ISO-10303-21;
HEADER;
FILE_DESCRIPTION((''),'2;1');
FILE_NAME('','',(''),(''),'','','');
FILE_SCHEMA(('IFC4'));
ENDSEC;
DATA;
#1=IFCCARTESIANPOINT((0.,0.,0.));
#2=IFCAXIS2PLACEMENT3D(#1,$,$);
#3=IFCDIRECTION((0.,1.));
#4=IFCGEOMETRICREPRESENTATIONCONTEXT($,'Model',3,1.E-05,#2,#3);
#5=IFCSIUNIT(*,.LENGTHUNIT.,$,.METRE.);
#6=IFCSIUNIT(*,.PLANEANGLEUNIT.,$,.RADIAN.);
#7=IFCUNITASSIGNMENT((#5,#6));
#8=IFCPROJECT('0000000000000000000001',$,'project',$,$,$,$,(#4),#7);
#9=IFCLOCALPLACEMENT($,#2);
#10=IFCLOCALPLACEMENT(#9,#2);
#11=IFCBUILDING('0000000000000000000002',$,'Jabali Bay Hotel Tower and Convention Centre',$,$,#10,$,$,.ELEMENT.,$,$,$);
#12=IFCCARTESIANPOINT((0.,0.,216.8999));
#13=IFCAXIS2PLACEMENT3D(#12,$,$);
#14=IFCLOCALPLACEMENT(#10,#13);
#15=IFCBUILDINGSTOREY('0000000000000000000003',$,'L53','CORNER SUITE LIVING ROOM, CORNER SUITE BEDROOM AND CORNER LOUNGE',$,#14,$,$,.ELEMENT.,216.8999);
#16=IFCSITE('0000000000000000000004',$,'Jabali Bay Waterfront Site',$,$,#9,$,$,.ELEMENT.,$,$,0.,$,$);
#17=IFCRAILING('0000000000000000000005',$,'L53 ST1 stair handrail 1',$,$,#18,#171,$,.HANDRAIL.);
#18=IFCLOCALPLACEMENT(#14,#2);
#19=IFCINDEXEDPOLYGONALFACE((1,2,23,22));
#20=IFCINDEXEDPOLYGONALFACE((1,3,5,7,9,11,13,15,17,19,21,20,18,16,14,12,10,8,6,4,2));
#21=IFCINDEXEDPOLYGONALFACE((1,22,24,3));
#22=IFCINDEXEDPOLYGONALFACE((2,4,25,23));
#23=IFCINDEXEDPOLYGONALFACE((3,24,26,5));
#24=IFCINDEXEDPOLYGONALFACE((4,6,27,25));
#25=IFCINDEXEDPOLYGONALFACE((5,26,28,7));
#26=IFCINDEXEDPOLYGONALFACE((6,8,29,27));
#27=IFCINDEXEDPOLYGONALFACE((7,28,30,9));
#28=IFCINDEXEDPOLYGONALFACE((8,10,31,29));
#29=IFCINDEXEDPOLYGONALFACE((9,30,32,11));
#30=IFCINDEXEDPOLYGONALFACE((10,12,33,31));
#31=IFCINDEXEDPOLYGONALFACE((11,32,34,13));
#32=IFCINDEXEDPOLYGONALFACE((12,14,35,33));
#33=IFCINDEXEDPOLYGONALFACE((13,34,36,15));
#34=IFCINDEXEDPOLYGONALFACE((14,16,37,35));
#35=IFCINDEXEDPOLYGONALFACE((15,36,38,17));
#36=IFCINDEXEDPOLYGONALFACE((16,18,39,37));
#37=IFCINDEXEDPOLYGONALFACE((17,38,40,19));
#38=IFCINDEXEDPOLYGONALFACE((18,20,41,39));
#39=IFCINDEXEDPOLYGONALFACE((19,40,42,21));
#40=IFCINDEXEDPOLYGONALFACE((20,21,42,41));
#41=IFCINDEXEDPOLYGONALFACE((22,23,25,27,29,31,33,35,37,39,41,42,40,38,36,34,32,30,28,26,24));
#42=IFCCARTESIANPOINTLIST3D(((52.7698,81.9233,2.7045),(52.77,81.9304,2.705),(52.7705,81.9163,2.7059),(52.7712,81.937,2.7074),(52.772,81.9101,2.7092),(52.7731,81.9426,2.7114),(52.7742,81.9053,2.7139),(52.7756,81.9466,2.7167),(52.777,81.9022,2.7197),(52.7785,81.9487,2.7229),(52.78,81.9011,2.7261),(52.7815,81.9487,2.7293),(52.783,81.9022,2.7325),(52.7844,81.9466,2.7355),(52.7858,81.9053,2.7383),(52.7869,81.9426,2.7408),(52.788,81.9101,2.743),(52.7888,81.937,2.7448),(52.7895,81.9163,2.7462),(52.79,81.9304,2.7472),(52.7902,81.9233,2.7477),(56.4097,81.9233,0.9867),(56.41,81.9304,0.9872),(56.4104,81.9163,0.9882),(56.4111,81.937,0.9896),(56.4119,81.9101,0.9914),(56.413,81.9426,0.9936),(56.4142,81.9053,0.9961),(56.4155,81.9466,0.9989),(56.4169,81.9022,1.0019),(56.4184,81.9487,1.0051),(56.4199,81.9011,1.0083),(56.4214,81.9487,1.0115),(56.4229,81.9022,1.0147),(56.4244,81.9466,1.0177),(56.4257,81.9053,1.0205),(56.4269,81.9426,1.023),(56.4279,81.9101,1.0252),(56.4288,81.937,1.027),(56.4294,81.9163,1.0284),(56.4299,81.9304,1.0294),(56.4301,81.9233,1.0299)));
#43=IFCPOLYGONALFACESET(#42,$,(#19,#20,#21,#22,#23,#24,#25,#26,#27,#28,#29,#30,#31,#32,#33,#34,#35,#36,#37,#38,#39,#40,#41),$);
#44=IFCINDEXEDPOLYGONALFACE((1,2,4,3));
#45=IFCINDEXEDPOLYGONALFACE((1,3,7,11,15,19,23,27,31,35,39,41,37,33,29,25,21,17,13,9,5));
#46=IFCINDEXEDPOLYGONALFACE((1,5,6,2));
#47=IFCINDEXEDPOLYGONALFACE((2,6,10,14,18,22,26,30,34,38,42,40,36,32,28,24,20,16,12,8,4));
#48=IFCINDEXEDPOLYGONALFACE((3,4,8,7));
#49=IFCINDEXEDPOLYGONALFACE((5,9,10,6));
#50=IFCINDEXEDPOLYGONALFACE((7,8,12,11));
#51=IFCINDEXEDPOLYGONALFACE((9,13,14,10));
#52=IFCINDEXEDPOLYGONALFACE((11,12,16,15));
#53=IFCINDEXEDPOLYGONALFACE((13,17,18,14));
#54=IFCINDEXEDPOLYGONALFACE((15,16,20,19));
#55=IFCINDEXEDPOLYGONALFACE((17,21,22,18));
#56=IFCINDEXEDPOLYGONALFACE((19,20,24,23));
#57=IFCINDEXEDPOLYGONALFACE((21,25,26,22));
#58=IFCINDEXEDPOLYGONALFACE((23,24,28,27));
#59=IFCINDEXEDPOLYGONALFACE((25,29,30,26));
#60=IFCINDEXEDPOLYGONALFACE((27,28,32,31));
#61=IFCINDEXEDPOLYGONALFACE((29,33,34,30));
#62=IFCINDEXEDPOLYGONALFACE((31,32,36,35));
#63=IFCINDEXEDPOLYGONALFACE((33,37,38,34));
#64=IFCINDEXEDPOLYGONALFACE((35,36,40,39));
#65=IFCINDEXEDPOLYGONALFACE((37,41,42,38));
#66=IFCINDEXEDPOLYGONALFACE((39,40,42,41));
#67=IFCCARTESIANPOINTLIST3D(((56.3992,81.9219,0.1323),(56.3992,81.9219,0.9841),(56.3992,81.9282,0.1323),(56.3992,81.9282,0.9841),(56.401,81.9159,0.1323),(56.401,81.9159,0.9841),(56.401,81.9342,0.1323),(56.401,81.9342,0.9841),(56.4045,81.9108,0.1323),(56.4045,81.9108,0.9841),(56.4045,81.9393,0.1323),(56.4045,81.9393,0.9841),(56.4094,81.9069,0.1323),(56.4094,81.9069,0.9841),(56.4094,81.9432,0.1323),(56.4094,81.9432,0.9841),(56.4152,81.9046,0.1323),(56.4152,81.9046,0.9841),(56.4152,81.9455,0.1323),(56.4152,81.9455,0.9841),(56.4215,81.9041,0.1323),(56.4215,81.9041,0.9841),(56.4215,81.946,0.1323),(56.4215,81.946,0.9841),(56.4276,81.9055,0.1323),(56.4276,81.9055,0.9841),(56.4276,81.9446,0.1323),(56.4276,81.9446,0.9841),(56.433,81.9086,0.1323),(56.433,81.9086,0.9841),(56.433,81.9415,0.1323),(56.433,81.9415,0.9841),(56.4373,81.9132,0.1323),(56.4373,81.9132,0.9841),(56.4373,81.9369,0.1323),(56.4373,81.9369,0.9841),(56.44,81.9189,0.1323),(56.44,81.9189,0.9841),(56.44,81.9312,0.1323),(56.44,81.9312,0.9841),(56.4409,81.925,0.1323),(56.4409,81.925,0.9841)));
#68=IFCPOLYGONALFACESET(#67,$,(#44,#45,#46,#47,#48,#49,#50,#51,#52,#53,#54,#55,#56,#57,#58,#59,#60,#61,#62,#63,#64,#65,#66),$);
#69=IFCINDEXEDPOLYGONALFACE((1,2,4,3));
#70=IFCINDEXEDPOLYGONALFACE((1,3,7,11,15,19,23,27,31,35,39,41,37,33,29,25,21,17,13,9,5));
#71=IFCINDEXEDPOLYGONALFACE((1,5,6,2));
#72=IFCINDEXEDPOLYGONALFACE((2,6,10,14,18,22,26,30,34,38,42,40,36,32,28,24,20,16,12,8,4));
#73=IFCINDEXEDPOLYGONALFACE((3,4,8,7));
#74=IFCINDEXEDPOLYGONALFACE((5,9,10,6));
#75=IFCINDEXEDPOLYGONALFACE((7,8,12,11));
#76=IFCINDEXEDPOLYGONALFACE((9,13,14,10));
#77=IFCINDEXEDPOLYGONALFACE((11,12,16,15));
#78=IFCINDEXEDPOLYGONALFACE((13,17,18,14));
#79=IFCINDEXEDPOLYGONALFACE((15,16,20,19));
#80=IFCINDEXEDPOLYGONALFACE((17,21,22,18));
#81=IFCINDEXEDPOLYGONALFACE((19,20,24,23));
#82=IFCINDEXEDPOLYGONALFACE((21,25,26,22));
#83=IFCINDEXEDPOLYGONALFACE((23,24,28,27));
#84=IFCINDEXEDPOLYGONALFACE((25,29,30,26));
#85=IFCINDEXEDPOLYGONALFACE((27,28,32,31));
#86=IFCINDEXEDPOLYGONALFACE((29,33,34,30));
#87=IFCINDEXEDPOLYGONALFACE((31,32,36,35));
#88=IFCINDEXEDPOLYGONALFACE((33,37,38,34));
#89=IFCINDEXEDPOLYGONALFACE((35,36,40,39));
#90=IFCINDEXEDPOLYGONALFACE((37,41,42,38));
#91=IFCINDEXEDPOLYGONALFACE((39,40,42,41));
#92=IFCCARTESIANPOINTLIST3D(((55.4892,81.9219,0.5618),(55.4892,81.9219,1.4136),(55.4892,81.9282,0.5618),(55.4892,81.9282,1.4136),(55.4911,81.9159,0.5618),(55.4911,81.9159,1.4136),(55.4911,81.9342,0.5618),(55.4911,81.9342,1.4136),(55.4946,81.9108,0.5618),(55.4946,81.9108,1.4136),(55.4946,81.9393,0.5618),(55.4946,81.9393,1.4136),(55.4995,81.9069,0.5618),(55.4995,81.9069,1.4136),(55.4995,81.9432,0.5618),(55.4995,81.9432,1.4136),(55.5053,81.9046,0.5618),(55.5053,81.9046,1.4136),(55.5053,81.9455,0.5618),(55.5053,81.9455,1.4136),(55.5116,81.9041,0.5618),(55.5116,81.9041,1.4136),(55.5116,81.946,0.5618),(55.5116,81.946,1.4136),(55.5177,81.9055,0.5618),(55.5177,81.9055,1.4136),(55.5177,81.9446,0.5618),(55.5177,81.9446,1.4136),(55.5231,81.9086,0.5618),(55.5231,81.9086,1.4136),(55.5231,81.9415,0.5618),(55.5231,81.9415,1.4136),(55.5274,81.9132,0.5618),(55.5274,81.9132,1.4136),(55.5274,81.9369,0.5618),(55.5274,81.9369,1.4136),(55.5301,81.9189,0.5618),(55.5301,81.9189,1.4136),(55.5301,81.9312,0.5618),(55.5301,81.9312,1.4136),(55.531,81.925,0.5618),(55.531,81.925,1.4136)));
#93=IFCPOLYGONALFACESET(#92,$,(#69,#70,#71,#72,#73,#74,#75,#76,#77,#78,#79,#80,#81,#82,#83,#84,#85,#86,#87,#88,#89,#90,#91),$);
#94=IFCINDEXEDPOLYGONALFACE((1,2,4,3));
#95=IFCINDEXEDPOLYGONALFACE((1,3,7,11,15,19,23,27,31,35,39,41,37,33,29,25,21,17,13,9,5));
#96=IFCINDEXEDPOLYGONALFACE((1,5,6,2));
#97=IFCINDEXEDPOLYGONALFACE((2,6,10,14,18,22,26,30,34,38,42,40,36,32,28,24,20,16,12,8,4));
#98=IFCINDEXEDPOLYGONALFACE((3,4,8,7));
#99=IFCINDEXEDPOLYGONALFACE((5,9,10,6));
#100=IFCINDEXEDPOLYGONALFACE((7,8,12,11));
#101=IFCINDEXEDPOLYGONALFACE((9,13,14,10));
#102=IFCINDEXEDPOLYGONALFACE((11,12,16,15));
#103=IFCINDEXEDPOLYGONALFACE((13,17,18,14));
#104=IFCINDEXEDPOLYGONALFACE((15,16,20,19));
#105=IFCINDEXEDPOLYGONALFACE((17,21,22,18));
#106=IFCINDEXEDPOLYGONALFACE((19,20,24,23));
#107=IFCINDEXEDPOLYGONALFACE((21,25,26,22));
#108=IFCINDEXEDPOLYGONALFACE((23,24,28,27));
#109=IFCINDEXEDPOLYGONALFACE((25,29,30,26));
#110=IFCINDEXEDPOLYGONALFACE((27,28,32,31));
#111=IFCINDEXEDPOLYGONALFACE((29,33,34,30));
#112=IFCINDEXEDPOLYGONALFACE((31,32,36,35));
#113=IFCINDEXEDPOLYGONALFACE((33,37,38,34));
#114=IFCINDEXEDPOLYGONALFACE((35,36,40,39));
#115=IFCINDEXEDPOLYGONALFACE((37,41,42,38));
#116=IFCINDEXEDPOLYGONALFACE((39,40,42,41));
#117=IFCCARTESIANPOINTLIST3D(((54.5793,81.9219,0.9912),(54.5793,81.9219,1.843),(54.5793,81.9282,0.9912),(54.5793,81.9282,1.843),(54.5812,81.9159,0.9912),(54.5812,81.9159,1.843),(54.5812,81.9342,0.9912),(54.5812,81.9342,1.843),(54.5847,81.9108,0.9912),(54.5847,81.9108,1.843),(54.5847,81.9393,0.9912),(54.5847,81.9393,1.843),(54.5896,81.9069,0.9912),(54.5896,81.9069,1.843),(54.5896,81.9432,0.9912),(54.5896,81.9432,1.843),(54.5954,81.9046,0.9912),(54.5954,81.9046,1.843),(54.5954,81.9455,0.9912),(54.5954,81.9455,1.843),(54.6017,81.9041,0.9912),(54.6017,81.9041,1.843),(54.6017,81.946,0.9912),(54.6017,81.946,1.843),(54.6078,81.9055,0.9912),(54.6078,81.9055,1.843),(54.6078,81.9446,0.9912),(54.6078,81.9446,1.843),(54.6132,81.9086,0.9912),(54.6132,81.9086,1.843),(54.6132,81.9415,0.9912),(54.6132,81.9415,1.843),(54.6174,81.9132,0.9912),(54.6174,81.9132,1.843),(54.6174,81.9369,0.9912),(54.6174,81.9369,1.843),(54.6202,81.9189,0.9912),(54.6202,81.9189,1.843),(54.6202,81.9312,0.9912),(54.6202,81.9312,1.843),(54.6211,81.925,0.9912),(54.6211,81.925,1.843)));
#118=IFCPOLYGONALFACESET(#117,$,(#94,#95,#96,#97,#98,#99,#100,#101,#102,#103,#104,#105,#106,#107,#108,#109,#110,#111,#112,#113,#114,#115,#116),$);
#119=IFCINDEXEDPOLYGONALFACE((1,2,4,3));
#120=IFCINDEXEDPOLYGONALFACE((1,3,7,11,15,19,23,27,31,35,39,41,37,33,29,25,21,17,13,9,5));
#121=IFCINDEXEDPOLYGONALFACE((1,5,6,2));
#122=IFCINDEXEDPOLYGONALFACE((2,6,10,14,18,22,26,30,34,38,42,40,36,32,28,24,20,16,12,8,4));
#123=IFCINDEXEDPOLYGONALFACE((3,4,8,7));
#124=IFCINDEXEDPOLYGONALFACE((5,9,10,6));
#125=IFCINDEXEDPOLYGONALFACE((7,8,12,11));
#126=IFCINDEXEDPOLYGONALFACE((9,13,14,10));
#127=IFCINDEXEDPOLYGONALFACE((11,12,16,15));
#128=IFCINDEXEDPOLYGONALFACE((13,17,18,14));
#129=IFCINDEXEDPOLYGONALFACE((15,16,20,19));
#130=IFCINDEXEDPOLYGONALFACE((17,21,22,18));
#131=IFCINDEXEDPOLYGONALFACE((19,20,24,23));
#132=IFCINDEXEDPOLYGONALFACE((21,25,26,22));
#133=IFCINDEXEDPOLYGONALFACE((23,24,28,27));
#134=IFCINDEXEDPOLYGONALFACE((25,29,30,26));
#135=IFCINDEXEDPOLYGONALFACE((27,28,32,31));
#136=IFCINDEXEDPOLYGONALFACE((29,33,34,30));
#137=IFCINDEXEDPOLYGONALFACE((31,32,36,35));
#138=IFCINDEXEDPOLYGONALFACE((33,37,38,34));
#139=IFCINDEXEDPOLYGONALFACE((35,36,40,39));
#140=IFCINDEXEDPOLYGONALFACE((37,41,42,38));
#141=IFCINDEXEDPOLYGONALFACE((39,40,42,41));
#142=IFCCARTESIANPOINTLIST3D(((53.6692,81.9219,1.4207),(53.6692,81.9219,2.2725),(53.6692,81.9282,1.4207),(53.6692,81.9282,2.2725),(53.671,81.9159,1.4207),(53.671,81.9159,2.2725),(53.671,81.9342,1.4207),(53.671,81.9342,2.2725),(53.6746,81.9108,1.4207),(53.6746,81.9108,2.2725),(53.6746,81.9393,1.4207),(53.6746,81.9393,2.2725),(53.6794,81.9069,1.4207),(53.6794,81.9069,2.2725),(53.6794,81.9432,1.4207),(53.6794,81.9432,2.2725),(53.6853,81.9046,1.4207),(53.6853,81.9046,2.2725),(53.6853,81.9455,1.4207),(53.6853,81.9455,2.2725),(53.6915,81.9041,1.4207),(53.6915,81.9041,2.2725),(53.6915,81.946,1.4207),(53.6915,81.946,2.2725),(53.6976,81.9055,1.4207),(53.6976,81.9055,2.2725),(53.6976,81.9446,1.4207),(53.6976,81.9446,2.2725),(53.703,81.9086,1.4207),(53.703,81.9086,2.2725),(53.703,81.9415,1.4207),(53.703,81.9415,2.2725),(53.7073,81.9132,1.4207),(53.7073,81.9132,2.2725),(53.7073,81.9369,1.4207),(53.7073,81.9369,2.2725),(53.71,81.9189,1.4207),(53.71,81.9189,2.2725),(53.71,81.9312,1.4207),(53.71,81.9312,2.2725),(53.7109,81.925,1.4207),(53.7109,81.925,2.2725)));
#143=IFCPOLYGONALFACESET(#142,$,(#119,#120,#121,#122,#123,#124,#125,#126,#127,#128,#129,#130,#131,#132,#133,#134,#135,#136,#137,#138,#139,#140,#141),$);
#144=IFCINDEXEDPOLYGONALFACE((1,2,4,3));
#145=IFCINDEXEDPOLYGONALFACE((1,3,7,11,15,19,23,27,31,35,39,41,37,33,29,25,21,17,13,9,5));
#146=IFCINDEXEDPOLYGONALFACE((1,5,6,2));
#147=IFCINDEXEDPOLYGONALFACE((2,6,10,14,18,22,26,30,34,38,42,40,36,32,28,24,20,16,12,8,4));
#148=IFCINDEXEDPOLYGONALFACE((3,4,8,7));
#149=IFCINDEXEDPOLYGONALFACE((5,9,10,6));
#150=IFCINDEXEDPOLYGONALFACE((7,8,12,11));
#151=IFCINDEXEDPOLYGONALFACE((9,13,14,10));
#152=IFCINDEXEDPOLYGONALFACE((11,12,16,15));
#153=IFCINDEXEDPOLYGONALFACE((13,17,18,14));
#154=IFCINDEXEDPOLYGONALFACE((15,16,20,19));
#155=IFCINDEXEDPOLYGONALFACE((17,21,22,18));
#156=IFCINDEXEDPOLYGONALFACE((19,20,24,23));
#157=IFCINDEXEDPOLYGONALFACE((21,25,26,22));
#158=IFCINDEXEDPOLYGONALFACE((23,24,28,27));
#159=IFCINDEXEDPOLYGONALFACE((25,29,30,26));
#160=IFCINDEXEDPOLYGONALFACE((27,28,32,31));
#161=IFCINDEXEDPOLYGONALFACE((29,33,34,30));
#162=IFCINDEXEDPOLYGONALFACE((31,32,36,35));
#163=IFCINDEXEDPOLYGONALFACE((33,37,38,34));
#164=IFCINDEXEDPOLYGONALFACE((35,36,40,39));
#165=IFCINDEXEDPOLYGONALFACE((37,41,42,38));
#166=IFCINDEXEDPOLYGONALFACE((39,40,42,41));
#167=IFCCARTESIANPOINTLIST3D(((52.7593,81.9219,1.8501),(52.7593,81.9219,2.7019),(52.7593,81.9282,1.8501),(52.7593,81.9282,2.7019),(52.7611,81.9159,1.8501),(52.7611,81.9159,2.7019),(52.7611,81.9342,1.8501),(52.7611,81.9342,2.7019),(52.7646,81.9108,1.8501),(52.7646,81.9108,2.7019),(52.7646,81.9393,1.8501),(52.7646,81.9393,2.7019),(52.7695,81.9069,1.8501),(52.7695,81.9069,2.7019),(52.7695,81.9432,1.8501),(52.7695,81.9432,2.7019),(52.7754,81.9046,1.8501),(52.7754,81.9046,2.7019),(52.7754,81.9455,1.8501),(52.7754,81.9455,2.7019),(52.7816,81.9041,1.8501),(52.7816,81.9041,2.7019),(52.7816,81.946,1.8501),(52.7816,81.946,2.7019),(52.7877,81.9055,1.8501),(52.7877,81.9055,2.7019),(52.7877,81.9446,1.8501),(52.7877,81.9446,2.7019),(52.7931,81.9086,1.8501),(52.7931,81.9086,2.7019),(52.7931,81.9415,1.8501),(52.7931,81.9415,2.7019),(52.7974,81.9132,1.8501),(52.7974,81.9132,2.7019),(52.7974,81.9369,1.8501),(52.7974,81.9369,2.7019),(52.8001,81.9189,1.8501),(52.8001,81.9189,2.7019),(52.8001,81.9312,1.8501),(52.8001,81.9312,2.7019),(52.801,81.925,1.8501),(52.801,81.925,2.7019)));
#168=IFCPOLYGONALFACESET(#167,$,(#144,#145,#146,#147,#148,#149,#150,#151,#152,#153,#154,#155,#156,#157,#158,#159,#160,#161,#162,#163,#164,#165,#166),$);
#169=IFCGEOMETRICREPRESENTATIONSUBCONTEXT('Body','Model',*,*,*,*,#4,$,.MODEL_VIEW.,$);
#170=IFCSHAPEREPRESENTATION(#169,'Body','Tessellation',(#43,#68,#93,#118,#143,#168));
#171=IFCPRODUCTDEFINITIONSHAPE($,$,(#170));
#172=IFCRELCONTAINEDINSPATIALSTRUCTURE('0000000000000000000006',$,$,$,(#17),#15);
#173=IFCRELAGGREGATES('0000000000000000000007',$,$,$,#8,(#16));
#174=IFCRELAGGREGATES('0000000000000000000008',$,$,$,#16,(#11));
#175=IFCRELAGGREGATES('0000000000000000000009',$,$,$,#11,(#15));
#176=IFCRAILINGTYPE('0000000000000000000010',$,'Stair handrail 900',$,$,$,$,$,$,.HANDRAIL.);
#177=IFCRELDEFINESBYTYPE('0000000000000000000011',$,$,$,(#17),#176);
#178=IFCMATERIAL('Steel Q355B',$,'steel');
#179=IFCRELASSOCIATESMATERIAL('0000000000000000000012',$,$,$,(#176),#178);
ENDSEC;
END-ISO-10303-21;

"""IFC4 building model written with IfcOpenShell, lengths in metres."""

from ifc_helpers import new_model, si_unit, direction, frame, origin, origin_2d, place, context, subcontext, project, spatial, circle, extrude, material, type_object, element, save


model = new_model("IFC4")

# Units and contexts
model_context = context("Model", 3, precision=1e-05, world=origin(), true_north=direction((0.0, 1.0)))
body_context = subcontext(model_context, "Body", "Model", "MODEL_VIEW")
ifc_project = project(units=[si_unit("LENGTHUNIT", "METRE"), si_unit("PLANEANGLEUNIT", "RADIAN")], contexts=[model_context])

# Site, building, storey
site_placement = place(None, origin())
site = spatial("IfcSite", under=ifc_project, at=site_placement, Name="Jabali Bay Waterfront Site", CompositionType="ELEMENT", RefElevation=0.0)
building_placement = place(site_placement, origin())
building = spatial("IfcBuilding", under=site, at=building_placement, Name="Jabali Bay Hotel Tower and Convention Centre", CompositionType="ELEMENT")
storey_placement = place(building_placement, frame((0.0, 0.0, 216.8999)))
storey = spatial("IfcBuildingStorey", under=building, at=storey_placement, Name="L53", Description="CORNER SUITE LIVING ROOM, CORNER SUITE BEDROOM AND CORNER LOUNGE", CompositionType="ELEMENT", Elevation=216.8999)

# Railing
ifc_material_1 = material(Name="Steel Q355B", Category="steel")
railing_type = type_object("IfcRailingType", Name="Stair handrail 900", PredefinedType="HANDRAIL", material=ifc_material_1)
railing_placement = place(storey_placement, frame((56.4199, 81.925, 0.1323)))
element("IfcRailing", 1, at=railing_placement, inside=storey, type_object=railing_type, Name="L53 ST1 stair handrail 1", PredefinedType="HANDRAIL", context=body_context, shape_type="SweptSolid", body=[
    extrude(circle(Radius=0.0239, at=origin_2d()), frame((0.0, 0.0, 0.876), z_axis=(-0.904351, 0.0, 0.42679), x_axis=(0.0, -1.0, 0.0)), (0.0, 0.0, 1.0), 4.0249),
    extrude(circle(Radius=0.021, at=origin_2d()), origin(), (0.0, 0.0, 1.0), 0.8518),
    extrude(circle(Radius=0.021, at=origin_2d()), frame((-0.9099, 0.0, 0.4294)), (0.0, 0.0, 1.0), 0.8518),
    extrude(circle(Radius=0.021, at=origin_2d()), frame((-1.8198, 0.0, 0.8589)), (0.0, 0.0, 1.0), 0.8518),
    extrude(circle(Radius=0.021, at=origin_2d()), frame((-2.73, 0.0, 1.2883)), (0.0, 0.0, 1.0), 0.8518),
    extrude(circle(Radius=0.021, at=origin_2d()), frame((-3.6399, 0.0, 1.7178)), (0.0, 0.0, 1.0), 0.8518),
])

save(model, "model.ifc")
